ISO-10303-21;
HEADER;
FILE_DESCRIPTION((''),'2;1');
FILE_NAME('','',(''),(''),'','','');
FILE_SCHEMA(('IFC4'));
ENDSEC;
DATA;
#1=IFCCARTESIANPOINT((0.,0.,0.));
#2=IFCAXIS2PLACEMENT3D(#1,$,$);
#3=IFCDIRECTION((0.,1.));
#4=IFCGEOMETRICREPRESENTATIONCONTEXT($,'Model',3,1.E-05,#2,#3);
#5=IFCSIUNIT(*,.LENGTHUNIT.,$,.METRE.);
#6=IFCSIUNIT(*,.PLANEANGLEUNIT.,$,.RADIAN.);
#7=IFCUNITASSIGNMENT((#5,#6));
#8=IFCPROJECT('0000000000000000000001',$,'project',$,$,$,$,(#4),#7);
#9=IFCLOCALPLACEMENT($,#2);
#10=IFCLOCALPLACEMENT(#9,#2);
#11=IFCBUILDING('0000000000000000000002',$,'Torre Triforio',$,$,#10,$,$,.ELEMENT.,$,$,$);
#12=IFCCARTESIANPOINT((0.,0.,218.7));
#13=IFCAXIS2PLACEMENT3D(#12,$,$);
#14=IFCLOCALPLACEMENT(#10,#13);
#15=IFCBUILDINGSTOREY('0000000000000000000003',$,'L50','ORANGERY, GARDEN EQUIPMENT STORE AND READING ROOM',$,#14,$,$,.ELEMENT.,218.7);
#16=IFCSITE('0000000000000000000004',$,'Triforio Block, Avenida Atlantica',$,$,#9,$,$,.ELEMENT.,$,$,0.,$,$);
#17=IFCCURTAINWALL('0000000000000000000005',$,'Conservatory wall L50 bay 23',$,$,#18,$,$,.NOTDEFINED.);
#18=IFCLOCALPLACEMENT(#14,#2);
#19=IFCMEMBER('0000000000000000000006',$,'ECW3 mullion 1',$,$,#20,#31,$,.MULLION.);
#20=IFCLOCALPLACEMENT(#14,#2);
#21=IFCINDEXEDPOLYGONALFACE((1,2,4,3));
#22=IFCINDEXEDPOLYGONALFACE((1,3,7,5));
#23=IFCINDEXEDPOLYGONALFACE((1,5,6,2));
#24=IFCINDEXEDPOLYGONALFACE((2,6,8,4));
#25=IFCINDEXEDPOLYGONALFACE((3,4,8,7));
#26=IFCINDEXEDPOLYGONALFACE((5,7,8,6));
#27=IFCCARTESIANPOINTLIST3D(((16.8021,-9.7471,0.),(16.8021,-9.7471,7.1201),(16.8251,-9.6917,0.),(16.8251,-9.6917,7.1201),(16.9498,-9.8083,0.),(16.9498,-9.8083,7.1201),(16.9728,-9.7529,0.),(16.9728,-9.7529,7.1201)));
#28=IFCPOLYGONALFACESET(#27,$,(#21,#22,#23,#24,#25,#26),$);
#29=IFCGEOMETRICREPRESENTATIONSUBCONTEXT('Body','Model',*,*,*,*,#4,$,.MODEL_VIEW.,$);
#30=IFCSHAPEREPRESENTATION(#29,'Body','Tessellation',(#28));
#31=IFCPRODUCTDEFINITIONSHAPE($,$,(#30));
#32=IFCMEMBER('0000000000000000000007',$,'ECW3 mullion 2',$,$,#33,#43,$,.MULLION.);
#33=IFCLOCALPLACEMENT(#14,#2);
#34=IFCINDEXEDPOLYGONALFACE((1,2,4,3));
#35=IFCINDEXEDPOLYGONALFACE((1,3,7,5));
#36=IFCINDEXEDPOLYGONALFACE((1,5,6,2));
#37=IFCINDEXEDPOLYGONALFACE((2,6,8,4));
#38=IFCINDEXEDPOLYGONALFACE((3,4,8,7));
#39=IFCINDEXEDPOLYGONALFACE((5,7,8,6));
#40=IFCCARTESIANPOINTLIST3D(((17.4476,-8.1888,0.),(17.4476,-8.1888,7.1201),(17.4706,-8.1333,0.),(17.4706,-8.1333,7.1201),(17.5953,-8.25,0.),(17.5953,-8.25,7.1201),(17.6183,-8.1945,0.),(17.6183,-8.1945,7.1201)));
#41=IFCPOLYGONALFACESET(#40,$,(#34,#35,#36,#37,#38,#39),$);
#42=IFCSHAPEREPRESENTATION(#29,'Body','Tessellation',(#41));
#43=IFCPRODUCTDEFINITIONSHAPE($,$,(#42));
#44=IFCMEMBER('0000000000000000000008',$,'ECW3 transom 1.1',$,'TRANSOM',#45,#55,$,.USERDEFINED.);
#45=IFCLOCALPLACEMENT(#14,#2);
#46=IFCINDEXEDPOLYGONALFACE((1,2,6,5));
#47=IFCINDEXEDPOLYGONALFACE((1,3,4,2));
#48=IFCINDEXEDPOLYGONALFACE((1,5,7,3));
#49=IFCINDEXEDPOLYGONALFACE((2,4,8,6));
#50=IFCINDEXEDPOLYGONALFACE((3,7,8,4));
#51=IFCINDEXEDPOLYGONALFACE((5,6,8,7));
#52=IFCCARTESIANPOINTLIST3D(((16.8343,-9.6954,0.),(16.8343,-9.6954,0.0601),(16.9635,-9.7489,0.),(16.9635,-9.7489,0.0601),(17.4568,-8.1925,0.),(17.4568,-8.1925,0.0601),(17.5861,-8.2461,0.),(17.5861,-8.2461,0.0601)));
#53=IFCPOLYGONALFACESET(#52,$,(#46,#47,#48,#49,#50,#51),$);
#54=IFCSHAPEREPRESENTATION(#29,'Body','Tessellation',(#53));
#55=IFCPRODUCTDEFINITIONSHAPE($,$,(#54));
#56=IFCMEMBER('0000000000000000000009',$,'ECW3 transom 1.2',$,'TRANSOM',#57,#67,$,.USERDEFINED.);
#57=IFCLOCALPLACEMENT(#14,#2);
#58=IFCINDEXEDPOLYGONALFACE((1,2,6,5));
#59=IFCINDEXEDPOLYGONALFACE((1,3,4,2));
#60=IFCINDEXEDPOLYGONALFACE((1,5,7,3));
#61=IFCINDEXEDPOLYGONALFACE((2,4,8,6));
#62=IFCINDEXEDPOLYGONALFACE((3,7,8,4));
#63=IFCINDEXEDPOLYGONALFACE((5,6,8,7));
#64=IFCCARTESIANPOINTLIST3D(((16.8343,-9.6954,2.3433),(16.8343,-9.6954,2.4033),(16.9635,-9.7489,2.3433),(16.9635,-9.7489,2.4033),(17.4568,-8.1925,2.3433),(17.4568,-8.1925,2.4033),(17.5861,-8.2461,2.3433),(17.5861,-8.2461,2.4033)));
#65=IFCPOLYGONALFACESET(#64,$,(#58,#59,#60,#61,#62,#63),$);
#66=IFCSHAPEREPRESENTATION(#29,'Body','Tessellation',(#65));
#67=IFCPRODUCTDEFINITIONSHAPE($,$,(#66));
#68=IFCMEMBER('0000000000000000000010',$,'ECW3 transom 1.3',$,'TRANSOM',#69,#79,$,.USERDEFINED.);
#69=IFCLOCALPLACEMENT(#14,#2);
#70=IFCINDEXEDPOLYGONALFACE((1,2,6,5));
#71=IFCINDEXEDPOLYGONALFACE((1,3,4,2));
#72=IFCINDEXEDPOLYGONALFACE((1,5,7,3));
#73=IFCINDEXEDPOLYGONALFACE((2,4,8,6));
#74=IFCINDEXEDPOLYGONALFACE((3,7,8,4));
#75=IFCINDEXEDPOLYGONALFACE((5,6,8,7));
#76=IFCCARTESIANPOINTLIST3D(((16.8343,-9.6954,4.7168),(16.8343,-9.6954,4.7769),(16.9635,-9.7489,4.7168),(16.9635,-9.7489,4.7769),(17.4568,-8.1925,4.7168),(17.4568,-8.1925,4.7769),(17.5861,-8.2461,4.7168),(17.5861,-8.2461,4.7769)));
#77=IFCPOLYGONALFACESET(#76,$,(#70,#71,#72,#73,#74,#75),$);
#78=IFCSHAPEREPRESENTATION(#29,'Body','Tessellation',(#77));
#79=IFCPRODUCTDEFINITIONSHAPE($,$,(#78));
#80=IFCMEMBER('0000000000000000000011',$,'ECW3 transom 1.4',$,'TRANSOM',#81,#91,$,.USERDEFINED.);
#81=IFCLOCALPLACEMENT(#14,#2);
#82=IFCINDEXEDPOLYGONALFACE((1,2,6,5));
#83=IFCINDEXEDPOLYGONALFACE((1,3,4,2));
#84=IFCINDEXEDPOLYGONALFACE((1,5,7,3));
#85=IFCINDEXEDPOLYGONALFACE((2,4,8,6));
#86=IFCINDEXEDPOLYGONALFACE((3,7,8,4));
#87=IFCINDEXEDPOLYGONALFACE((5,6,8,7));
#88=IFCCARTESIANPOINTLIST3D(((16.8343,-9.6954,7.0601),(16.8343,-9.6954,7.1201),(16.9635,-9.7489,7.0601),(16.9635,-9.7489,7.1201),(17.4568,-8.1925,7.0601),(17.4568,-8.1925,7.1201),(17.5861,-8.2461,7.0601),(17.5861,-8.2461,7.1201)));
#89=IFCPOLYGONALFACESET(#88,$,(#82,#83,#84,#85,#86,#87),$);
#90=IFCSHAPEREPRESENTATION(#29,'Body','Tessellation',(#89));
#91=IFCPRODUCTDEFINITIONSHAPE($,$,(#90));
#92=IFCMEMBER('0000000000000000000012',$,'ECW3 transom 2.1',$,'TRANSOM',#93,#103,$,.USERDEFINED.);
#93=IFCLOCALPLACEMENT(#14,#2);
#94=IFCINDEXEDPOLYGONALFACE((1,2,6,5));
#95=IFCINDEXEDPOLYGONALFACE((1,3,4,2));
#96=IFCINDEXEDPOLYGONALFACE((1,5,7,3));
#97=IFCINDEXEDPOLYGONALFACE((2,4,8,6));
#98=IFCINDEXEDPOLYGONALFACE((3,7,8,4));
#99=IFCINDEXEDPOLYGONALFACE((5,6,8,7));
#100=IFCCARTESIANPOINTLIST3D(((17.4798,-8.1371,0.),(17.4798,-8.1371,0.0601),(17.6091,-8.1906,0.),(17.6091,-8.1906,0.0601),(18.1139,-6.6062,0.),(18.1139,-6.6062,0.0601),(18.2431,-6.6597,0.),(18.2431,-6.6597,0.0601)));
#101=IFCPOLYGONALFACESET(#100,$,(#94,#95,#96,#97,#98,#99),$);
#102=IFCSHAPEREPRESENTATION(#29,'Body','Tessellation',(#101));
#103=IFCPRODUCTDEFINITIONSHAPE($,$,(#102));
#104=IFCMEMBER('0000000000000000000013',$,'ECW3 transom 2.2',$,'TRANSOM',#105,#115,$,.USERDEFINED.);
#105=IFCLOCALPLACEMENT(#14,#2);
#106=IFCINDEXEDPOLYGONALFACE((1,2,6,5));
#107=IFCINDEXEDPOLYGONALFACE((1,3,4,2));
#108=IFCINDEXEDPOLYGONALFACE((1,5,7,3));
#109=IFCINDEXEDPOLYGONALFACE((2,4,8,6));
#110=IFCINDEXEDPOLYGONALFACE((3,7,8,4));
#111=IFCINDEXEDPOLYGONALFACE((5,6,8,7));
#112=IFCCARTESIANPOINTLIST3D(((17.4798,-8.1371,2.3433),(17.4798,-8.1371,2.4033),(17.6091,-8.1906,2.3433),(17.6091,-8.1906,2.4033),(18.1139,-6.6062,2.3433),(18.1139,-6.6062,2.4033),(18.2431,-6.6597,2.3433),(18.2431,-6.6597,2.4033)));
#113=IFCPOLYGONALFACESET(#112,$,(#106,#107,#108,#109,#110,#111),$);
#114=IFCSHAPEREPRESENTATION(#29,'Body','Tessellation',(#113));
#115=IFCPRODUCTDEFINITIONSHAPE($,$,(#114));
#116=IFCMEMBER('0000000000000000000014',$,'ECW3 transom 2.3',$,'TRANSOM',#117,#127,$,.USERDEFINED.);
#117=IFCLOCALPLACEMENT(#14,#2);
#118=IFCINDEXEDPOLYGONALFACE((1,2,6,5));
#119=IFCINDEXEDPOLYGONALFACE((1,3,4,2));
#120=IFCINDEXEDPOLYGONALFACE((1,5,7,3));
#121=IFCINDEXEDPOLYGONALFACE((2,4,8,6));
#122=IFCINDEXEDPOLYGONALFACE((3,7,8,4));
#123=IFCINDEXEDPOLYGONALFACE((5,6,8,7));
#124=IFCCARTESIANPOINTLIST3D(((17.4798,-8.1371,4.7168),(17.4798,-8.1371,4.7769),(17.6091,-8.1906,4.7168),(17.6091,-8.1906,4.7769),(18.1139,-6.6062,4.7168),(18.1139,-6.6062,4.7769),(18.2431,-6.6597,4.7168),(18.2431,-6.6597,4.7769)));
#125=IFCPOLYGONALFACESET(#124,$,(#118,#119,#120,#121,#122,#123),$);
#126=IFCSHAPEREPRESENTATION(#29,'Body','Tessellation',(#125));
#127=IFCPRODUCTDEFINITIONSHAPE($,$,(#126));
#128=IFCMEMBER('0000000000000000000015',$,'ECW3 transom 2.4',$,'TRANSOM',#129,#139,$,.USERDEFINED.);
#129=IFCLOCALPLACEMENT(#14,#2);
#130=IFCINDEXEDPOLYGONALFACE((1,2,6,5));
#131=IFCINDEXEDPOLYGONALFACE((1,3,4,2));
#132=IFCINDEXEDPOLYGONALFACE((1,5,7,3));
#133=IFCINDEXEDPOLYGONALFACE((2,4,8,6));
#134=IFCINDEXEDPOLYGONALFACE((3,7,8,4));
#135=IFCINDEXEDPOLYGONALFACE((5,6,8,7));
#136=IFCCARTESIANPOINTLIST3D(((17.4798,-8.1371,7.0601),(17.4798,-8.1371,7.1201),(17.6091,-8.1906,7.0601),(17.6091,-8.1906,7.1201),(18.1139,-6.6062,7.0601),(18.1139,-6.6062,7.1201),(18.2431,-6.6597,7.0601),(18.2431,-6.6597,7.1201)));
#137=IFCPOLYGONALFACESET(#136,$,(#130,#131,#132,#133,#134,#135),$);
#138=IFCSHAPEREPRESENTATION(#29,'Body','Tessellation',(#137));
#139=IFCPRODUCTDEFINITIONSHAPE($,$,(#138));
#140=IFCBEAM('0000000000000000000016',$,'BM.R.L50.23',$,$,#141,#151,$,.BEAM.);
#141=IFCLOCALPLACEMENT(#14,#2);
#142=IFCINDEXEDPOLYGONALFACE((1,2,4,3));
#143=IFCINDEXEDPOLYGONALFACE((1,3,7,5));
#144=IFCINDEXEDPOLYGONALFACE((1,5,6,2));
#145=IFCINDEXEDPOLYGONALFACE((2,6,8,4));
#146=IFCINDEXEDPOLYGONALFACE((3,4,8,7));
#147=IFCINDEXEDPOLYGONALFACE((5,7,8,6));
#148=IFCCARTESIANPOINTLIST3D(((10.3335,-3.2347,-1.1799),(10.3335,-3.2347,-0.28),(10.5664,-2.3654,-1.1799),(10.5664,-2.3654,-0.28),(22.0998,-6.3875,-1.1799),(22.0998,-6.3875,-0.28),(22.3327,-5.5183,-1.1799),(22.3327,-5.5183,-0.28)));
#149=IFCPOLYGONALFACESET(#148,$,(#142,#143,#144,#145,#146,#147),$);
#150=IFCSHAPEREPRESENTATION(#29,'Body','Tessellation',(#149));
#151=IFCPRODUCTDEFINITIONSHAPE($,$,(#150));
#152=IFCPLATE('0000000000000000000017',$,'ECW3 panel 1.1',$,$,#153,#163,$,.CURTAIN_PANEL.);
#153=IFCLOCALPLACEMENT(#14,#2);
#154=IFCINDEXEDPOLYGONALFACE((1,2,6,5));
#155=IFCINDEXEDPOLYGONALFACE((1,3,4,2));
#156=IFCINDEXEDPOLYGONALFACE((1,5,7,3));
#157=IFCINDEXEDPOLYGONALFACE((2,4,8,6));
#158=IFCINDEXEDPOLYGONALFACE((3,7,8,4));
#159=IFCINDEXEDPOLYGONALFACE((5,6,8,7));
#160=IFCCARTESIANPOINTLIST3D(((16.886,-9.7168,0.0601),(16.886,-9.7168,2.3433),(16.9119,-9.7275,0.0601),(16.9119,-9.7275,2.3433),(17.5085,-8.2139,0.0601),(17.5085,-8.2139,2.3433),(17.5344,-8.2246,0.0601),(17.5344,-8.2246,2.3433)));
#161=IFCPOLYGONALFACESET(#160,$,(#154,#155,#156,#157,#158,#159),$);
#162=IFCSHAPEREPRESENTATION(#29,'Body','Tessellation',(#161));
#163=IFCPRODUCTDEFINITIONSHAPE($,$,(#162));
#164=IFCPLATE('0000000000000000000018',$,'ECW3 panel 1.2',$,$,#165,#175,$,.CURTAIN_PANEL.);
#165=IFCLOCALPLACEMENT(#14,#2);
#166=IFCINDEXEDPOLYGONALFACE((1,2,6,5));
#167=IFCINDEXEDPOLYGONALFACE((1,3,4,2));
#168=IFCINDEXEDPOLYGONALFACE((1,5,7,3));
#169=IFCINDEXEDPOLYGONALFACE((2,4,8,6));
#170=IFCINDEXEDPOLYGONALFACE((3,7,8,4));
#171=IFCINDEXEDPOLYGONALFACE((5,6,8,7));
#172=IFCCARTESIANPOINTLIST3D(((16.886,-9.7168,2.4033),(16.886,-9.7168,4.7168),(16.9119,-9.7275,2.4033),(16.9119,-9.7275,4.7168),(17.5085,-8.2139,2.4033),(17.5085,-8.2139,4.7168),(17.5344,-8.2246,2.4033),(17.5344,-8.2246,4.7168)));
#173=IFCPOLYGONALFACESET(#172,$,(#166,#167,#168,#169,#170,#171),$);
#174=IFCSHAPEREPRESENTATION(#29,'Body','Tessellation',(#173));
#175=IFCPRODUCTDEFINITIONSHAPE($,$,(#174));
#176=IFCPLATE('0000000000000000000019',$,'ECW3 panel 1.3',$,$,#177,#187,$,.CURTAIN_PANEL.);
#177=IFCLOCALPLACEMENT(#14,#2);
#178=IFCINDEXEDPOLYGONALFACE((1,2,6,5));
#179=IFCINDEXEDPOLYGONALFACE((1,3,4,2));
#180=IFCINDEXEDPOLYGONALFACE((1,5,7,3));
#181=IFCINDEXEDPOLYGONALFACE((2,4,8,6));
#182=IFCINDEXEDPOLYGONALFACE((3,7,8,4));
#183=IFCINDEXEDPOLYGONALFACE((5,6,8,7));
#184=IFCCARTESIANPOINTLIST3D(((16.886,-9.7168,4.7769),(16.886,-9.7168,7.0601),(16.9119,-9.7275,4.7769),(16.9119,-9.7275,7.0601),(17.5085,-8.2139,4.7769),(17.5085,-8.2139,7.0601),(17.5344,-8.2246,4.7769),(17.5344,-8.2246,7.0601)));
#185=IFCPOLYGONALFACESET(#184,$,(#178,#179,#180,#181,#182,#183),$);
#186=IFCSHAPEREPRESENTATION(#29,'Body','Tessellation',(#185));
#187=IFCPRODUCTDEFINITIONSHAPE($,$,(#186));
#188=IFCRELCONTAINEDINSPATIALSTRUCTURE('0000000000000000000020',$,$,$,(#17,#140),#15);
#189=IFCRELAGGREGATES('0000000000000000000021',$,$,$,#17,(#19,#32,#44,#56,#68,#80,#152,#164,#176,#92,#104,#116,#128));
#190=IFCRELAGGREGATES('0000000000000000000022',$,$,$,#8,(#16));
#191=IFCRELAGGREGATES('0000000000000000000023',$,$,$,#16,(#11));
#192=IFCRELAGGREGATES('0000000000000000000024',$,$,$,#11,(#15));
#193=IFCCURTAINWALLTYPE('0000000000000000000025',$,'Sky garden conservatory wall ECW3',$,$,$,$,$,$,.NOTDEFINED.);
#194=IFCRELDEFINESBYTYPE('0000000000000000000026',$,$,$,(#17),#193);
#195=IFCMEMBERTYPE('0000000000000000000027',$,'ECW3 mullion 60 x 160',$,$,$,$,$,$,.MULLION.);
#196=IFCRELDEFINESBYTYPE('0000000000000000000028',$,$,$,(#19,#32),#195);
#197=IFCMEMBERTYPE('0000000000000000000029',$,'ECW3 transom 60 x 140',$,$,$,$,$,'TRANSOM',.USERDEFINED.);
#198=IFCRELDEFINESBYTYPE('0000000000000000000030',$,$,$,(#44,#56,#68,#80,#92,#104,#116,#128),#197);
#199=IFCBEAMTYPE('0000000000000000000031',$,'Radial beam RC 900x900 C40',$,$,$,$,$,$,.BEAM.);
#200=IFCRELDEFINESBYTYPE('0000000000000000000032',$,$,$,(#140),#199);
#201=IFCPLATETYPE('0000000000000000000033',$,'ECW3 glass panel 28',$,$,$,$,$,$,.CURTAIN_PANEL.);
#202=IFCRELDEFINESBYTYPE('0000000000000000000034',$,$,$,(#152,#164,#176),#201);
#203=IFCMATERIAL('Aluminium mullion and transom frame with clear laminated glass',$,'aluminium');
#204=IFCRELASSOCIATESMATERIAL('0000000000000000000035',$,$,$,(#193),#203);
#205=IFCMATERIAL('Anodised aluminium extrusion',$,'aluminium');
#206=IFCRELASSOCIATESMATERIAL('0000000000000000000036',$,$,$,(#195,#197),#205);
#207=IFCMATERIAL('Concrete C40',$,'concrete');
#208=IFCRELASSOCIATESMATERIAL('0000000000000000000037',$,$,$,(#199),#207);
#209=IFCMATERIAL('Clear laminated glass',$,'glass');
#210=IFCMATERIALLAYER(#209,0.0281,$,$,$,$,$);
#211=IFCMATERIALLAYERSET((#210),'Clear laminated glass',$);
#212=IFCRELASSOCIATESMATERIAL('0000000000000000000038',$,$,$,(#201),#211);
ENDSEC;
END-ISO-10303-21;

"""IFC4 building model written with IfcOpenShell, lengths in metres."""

from ifc_helpers import new_model, si_unit, direction, frame, origin, origin_2d, place, context, subcontext, project, spatial, rectangle, extrude, material, layer, layer_set, material_profile, profile_set, type_object, element, aggregate, save


model = new_model("IFC4")

# Units and contexts
model_context = context("Model", 3, precision=1e-05, world=origin(), true_north=direction((0.0, 1.0)))
body_context = subcontext(model_context, "Body", "Model", "MODEL_VIEW")
ifc_project = project(units=[si_unit("LENGTHUNIT", "METRE"), si_unit("PLANEANGLEUNIT", "RADIAN")], contexts=[model_context])

# Site, building, storey
site_placement = place(None, origin())
site = spatial("IfcSite", under=ifc_project, at=site_placement, Name="Triforio Block, Avenida Atlantica", CompositionType="ELEMENT", RefElevation=0.0)
building_placement = place(site_placement, origin())
building = spatial("IfcBuilding", under=site, at=building_placement, Name="Torre Triforio", CompositionType="ELEMENT")
storey_placement = place(building_placement, frame((0.0, 0.0, 218.7)))
storey = spatial("IfcBuildingStorey", under=building, at=storey_placement, Name="L50", Description="ORANGERY, GARDEN EQUIPMENT STORE AND READING ROOM", CompositionType="ELEMENT", Elevation=218.7)

# Curtain wall, members
ifc_material_1 = material(Name="Aluminium mullion and transom frame with clear laminated glass", Category="aluminium")
curtain_wall_type = type_object("IfcCurtainWallType", Name="Sky garden conservatory wall ECW3", PredefinedType="NOTDEFINED", material=ifc_material_1)
curtain_wall_placement = place(storey_placement, origin())
curtain_wall = element("IfcCurtainWall", 1, at=curtain_wall_placement, inside=storey, type_object=curtain_wall_type, Name="Conservatory wall L50 bay 23", PredefinedType="NOTDEFINED")
ifc_material_2 = material(Name="Anodised aluminium extrusion", Category="aluminium")
ifc_material_profile_1 = material_profile(ifc_material_2, rectangle(XDim=0.1599, YDim=0.0601, at=origin_2d()), Name="ECW3 MULLION 60x160")
ifc_profile_set_1 = profile_set([ifc_material_profile_1], Name="Anodised aluminium extrusion")
member_type_1 = type_object("IfcMemberType", Name="ECW3 mullion 60 x 160", PredefinedType="MULLION", material=ifc_profile_set_1)
member_1_placement = place(storey_placement, frame((16.8875, -9.75, 0.0), z_axis=(0.0, 0.0, 1.0), x_axis=(-0.923879, 0.382684, 0.0)))
member_1 = element("IfcMember", 2, at=member_1_placement, type_object=member_type_1, Name="ECW3 mullion 1", PredefinedType="MULLION", context=body_context, shape_type="SweptSolid", body=[
    extrude(rectangle(XDim=0.1599, YDim=0.0601, at=origin_2d()), origin(), (0.0, 0.0, 1.0), 7.1201),
])
member_2_placement = place(storey_placement, frame((17.533, -8.1917, 0.0), z_axis=(0.0, 0.0, 1.0), x_axis=(-0.923879, 0.382684, 0.0)))
member_2 = element("IfcMember", 3, at=member_2_placement, type_object=member_type_1, Name="ECW3 mullion 2", PredefinedType="MULLION", context=body_context, shape_type="SweptSolid", body=[
    extrude(rectangle(XDim=0.1599, YDim=0.0601, at=origin_2d()), origin(), (0.0, 0.0, 1.0), 7.1201),
])
ifc_material_profile_2 = material_profile(ifc_material_2, rectangle(XDim=0.1399, YDim=0.0601, at=origin_2d()), Name="ECW3 TRANSOM 60x140")
ifc_profile_set_2 = profile_set([ifc_material_profile_2], Name="Anodised aluminium extrusion")
member_type_2 = type_object("IfcMemberType", Name="ECW3 transom 60 x 140", ElementType="TRANSOM", PredefinedType="USERDEFINED", material=ifc_profile_set_2)
member_3_placement = place(storey_placement, frame((16.8989, -9.7222, 0.03), z_axis=(0.382696, 0.923874, 0.0), x_axis=(-0.923874, 0.382696, 0.0)))
member_3 = element("IfcMember", 4, at=member_3_placement, type_object=member_type_2, Name="ECW3 transom 1.1", ObjectType="TRANSOM", PredefinedType="USERDEFINED", context=body_context, shape_type="SweptSolid", body=[
    extrude(rectangle(XDim=0.1399, YDim=0.0601, at=origin_2d()), origin(), (0.0, 0.0, 1.0), 1.6267),
])
member_4_placement = place(storey_placement, frame((16.8989, -9.7222, 2.3733), z_axis=(0.382696, 0.923874, 0.0), x_axis=(-0.923874, 0.382696, 0.0)))
member_4 = element("IfcMember", 5, at=member_4_placement, type_object=member_type_2, Name="ECW3 transom 1.2", ObjectType="TRANSOM", PredefinedType="USERDEFINED", context=body_context, shape_type="SweptSolid", body=[
    extrude(rectangle(XDim=0.1399, YDim=0.0601, at=origin_2d()), origin(), (0.0, 0.0, 1.0), 1.6267),
])
member_5_placement = place(storey_placement, frame((16.8989, -9.7222, 4.7468), z_axis=(0.382696, 0.923874, 0.0), x_axis=(-0.923874, 0.382696, 0.0)))
member_5 = element("IfcMember", 6, at=member_5_placement, type_object=member_type_2, Name="ECW3 transom 1.3", ObjectType="TRANSOM", PredefinedType="USERDEFINED", context=body_context, shape_type="SweptSolid", body=[
    extrude(rectangle(XDim=0.1399, YDim=0.0601, at=origin_2d()), origin(), (0.0, 0.0, 1.0), 1.6267),
])
member_6_placement = place(storey_placement, frame((16.8989, -9.7222, 7.0901), z_axis=(0.382696, 0.923874, 0.0), x_axis=(-0.923874, 0.382696, 0.0)))
member_6 = element("IfcMember", 7, at=member_6_placement, type_object=member_type_2, Name="ECW3 transom 1.4", ObjectType="TRANSOM", PredefinedType="USERDEFINED", context=body_context, shape_type="SweptSolid", body=[
    extrude(rectangle(XDim=0.1399, YDim=0.0601, at=origin_2d()), origin(), (0.0, 0.0, 1.0), 1.6267),
])
member_7_placement = place(storey_placement, frame((17.5444, -8.1638, 0.03), z_axis=(0.382668, 0.923886, 0.0), x_axis=(-0.923886, 0.382668, 0.0)))
member_7 = element("IfcMember", 8, at=member_7_placement, type_object=member_type_2, Name="ECW3 transom 2.1", ObjectType="TRANSOM", PredefinedType="USERDEFINED", context=body_context, shape_type="SweptSolid", body=[
    extrude(rectangle(XDim=0.1399, YDim=0.0601, at=origin_2d()), origin(), (0.0, 0.0, 1.0), 1.657),
])
member_8_placement = place(storey_placement, frame((17.5444, -8.1638, 2.3733), z_axis=(0.382668, 0.923886, 0.0), x_axis=(-0.923886, 0.382668, 0.0)))
member_8 = element("IfcMember", 9, at=member_8_placement, type_object=member_type_2, Name="ECW3 transom 2.2", ObjectType="TRANSOM", PredefinedType="USERDEFINED", context=body_context, shape_type="SweptSolid", body=[
    extrude(rectangle(XDim=0.1399, YDim=0.0601, at=origin_2d()), origin(), (0.0, 0.0, 1.0), 1.657),
])
member_9_placement = place(storey_placement, frame((17.5444, -8.1638, 4.7468), z_axis=(0.382668, 0.923886, 0.0), x_axis=(-0.923886, 0.382668, 0.0)))
member_9 = element("IfcMember", 10, at=member_9_placement, type_object=member_type_2, Name="ECW3 transom 2.3", ObjectType="TRANSOM", PredefinedType="USERDEFINED", context=body_context, shape_type="SweptSolid", body=[
    extrude(rectangle(XDim=0.1399, YDim=0.0601, at=origin_2d()), origin(), (0.0, 0.0, 1.0), 1.657),
])
member_10_placement = place(storey_placement, frame((17.5444, -8.1638, 7.0901), z_axis=(0.382668, 0.923886, 0.0), x_axis=(-0.923886, 0.382668, 0.0)))
member_10 = element("IfcMember", 11, at=member_10_placement, type_object=member_type_2, Name="ECW3 transom 2.4", ObjectType="TRANSOM", PredefinedType="USERDEFINED", context=body_context, shape_type="SweptSolid", body=[
    extrude(rectangle(XDim=0.1399, YDim=0.0601, at=origin_2d()), origin(), (0.0, 0.0, 1.0), 1.657),
])

# Beam
ifc_material_3 = material(Name="Concrete C40", Category="concrete")
ifc_material_profile_3 = material_profile(ifc_material_3, rectangle(XDim=0.8999, YDim=0.8999, at=origin_2d()), Name="RC 900x900")
ifc_profile_set_3 = profile_set([ifc_material_profile_3], Name="Concrete C40")
beam_type = type_object("IfcBeamType", Name="Radial beam RC 900x900 C40", PredefinedType="BEAM", material=ifc_profile_set_3)
beam_placement = place(storey_placement, frame((10.45, -2.8, -0.73), z_axis=(0.965925, -0.258823, 0.0), x_axis=(0.258823, 0.965925, 0.0)))
element("IfcBeam", 12, at=beam_placement, inside=storey, type_object=beam_type, Name="BM.R.L50.23", PredefinedType="BEAM", context=body_context, shape_type="SweptSolid", body=[
    extrude(rectangle(XDim=0.8999, YDim=0.8999, at=origin_2d()), origin(), (0.0, 0.0, 1.0), 12.1814),
])

# Plates
ifc_material_4 = material(Name="Clear laminated glass", Category="glass")
ifc_layer_1 = layer(ifc_material_4, 0.0281)
ifc_layer_set_1 = layer_set([ifc_layer_1], Name="Clear laminated glass")
plate_type = type_object("IfcPlateType", Name="ECW3 glass panel 28", PredefinedType="CURTAIN_PANEL", material=ifc_layer_set_1)
plate_1_placement = place(storey_placement, frame((17.2102, -8.9707, 0.0601), z_axis=(0.0, 0.0, 1.0), x_axis=(0.382684, 0.923879, 0.0)))
plate_1 = element("IfcPlate", 13, at=plate_1_placement, type_object=plate_type, Name="ECW3 panel 1.1", PredefinedType="CURTAIN_PANEL", context=body_context, shape_type="SweptSolid", body=[
    extrude(rectangle(XDim=1.6267, YDim=0.0281, at=origin_2d()), origin(), (0.0, 0.0, 1.0), 2.2832),
])
plate_2_placement = place(storey_placement, frame((17.2102, -8.9707, 2.4033), z_axis=(0.0, 0.0, 1.0), x_axis=(0.382684, 0.923879, 0.0)))
plate_2 = element("IfcPlate", 14, at=plate_2_placement, type_object=plate_type, Name="ECW3 panel 1.2", PredefinedType="CURTAIN_PANEL", context=body_context, shape_type="SweptSolid", body=[
    extrude(rectangle(XDim=1.6267, YDim=0.0281, at=origin_2d()), origin(), (0.0, 0.0, 1.0), 2.3135),
])
plate_3_placement = place(storey_placement, frame((17.2102, -8.9707, 4.7769), z_axis=(0.0, 0.0, 1.0), x_axis=(0.382684, 0.923879, 0.0)))
plate_3 = element("IfcPlate", 15, at=plate_3_placement, type_object=plate_type, Name="ECW3 panel 1.3", PredefinedType="CURTAIN_PANEL", context=body_context, shape_type="SweptSolid", body=[
    extrude(rectangle(XDim=1.6267, YDim=0.0281, at=origin_2d()), origin(), (0.0, 0.0, 1.0), 2.2832),
])
aggregate(curtain_wall, [member_1, member_2, member_3, member_4, member_5, member_6, plate_1, plate_2, plate_3, member_7, member_8, member_9, member_10])

save(model, "model.ifc")
